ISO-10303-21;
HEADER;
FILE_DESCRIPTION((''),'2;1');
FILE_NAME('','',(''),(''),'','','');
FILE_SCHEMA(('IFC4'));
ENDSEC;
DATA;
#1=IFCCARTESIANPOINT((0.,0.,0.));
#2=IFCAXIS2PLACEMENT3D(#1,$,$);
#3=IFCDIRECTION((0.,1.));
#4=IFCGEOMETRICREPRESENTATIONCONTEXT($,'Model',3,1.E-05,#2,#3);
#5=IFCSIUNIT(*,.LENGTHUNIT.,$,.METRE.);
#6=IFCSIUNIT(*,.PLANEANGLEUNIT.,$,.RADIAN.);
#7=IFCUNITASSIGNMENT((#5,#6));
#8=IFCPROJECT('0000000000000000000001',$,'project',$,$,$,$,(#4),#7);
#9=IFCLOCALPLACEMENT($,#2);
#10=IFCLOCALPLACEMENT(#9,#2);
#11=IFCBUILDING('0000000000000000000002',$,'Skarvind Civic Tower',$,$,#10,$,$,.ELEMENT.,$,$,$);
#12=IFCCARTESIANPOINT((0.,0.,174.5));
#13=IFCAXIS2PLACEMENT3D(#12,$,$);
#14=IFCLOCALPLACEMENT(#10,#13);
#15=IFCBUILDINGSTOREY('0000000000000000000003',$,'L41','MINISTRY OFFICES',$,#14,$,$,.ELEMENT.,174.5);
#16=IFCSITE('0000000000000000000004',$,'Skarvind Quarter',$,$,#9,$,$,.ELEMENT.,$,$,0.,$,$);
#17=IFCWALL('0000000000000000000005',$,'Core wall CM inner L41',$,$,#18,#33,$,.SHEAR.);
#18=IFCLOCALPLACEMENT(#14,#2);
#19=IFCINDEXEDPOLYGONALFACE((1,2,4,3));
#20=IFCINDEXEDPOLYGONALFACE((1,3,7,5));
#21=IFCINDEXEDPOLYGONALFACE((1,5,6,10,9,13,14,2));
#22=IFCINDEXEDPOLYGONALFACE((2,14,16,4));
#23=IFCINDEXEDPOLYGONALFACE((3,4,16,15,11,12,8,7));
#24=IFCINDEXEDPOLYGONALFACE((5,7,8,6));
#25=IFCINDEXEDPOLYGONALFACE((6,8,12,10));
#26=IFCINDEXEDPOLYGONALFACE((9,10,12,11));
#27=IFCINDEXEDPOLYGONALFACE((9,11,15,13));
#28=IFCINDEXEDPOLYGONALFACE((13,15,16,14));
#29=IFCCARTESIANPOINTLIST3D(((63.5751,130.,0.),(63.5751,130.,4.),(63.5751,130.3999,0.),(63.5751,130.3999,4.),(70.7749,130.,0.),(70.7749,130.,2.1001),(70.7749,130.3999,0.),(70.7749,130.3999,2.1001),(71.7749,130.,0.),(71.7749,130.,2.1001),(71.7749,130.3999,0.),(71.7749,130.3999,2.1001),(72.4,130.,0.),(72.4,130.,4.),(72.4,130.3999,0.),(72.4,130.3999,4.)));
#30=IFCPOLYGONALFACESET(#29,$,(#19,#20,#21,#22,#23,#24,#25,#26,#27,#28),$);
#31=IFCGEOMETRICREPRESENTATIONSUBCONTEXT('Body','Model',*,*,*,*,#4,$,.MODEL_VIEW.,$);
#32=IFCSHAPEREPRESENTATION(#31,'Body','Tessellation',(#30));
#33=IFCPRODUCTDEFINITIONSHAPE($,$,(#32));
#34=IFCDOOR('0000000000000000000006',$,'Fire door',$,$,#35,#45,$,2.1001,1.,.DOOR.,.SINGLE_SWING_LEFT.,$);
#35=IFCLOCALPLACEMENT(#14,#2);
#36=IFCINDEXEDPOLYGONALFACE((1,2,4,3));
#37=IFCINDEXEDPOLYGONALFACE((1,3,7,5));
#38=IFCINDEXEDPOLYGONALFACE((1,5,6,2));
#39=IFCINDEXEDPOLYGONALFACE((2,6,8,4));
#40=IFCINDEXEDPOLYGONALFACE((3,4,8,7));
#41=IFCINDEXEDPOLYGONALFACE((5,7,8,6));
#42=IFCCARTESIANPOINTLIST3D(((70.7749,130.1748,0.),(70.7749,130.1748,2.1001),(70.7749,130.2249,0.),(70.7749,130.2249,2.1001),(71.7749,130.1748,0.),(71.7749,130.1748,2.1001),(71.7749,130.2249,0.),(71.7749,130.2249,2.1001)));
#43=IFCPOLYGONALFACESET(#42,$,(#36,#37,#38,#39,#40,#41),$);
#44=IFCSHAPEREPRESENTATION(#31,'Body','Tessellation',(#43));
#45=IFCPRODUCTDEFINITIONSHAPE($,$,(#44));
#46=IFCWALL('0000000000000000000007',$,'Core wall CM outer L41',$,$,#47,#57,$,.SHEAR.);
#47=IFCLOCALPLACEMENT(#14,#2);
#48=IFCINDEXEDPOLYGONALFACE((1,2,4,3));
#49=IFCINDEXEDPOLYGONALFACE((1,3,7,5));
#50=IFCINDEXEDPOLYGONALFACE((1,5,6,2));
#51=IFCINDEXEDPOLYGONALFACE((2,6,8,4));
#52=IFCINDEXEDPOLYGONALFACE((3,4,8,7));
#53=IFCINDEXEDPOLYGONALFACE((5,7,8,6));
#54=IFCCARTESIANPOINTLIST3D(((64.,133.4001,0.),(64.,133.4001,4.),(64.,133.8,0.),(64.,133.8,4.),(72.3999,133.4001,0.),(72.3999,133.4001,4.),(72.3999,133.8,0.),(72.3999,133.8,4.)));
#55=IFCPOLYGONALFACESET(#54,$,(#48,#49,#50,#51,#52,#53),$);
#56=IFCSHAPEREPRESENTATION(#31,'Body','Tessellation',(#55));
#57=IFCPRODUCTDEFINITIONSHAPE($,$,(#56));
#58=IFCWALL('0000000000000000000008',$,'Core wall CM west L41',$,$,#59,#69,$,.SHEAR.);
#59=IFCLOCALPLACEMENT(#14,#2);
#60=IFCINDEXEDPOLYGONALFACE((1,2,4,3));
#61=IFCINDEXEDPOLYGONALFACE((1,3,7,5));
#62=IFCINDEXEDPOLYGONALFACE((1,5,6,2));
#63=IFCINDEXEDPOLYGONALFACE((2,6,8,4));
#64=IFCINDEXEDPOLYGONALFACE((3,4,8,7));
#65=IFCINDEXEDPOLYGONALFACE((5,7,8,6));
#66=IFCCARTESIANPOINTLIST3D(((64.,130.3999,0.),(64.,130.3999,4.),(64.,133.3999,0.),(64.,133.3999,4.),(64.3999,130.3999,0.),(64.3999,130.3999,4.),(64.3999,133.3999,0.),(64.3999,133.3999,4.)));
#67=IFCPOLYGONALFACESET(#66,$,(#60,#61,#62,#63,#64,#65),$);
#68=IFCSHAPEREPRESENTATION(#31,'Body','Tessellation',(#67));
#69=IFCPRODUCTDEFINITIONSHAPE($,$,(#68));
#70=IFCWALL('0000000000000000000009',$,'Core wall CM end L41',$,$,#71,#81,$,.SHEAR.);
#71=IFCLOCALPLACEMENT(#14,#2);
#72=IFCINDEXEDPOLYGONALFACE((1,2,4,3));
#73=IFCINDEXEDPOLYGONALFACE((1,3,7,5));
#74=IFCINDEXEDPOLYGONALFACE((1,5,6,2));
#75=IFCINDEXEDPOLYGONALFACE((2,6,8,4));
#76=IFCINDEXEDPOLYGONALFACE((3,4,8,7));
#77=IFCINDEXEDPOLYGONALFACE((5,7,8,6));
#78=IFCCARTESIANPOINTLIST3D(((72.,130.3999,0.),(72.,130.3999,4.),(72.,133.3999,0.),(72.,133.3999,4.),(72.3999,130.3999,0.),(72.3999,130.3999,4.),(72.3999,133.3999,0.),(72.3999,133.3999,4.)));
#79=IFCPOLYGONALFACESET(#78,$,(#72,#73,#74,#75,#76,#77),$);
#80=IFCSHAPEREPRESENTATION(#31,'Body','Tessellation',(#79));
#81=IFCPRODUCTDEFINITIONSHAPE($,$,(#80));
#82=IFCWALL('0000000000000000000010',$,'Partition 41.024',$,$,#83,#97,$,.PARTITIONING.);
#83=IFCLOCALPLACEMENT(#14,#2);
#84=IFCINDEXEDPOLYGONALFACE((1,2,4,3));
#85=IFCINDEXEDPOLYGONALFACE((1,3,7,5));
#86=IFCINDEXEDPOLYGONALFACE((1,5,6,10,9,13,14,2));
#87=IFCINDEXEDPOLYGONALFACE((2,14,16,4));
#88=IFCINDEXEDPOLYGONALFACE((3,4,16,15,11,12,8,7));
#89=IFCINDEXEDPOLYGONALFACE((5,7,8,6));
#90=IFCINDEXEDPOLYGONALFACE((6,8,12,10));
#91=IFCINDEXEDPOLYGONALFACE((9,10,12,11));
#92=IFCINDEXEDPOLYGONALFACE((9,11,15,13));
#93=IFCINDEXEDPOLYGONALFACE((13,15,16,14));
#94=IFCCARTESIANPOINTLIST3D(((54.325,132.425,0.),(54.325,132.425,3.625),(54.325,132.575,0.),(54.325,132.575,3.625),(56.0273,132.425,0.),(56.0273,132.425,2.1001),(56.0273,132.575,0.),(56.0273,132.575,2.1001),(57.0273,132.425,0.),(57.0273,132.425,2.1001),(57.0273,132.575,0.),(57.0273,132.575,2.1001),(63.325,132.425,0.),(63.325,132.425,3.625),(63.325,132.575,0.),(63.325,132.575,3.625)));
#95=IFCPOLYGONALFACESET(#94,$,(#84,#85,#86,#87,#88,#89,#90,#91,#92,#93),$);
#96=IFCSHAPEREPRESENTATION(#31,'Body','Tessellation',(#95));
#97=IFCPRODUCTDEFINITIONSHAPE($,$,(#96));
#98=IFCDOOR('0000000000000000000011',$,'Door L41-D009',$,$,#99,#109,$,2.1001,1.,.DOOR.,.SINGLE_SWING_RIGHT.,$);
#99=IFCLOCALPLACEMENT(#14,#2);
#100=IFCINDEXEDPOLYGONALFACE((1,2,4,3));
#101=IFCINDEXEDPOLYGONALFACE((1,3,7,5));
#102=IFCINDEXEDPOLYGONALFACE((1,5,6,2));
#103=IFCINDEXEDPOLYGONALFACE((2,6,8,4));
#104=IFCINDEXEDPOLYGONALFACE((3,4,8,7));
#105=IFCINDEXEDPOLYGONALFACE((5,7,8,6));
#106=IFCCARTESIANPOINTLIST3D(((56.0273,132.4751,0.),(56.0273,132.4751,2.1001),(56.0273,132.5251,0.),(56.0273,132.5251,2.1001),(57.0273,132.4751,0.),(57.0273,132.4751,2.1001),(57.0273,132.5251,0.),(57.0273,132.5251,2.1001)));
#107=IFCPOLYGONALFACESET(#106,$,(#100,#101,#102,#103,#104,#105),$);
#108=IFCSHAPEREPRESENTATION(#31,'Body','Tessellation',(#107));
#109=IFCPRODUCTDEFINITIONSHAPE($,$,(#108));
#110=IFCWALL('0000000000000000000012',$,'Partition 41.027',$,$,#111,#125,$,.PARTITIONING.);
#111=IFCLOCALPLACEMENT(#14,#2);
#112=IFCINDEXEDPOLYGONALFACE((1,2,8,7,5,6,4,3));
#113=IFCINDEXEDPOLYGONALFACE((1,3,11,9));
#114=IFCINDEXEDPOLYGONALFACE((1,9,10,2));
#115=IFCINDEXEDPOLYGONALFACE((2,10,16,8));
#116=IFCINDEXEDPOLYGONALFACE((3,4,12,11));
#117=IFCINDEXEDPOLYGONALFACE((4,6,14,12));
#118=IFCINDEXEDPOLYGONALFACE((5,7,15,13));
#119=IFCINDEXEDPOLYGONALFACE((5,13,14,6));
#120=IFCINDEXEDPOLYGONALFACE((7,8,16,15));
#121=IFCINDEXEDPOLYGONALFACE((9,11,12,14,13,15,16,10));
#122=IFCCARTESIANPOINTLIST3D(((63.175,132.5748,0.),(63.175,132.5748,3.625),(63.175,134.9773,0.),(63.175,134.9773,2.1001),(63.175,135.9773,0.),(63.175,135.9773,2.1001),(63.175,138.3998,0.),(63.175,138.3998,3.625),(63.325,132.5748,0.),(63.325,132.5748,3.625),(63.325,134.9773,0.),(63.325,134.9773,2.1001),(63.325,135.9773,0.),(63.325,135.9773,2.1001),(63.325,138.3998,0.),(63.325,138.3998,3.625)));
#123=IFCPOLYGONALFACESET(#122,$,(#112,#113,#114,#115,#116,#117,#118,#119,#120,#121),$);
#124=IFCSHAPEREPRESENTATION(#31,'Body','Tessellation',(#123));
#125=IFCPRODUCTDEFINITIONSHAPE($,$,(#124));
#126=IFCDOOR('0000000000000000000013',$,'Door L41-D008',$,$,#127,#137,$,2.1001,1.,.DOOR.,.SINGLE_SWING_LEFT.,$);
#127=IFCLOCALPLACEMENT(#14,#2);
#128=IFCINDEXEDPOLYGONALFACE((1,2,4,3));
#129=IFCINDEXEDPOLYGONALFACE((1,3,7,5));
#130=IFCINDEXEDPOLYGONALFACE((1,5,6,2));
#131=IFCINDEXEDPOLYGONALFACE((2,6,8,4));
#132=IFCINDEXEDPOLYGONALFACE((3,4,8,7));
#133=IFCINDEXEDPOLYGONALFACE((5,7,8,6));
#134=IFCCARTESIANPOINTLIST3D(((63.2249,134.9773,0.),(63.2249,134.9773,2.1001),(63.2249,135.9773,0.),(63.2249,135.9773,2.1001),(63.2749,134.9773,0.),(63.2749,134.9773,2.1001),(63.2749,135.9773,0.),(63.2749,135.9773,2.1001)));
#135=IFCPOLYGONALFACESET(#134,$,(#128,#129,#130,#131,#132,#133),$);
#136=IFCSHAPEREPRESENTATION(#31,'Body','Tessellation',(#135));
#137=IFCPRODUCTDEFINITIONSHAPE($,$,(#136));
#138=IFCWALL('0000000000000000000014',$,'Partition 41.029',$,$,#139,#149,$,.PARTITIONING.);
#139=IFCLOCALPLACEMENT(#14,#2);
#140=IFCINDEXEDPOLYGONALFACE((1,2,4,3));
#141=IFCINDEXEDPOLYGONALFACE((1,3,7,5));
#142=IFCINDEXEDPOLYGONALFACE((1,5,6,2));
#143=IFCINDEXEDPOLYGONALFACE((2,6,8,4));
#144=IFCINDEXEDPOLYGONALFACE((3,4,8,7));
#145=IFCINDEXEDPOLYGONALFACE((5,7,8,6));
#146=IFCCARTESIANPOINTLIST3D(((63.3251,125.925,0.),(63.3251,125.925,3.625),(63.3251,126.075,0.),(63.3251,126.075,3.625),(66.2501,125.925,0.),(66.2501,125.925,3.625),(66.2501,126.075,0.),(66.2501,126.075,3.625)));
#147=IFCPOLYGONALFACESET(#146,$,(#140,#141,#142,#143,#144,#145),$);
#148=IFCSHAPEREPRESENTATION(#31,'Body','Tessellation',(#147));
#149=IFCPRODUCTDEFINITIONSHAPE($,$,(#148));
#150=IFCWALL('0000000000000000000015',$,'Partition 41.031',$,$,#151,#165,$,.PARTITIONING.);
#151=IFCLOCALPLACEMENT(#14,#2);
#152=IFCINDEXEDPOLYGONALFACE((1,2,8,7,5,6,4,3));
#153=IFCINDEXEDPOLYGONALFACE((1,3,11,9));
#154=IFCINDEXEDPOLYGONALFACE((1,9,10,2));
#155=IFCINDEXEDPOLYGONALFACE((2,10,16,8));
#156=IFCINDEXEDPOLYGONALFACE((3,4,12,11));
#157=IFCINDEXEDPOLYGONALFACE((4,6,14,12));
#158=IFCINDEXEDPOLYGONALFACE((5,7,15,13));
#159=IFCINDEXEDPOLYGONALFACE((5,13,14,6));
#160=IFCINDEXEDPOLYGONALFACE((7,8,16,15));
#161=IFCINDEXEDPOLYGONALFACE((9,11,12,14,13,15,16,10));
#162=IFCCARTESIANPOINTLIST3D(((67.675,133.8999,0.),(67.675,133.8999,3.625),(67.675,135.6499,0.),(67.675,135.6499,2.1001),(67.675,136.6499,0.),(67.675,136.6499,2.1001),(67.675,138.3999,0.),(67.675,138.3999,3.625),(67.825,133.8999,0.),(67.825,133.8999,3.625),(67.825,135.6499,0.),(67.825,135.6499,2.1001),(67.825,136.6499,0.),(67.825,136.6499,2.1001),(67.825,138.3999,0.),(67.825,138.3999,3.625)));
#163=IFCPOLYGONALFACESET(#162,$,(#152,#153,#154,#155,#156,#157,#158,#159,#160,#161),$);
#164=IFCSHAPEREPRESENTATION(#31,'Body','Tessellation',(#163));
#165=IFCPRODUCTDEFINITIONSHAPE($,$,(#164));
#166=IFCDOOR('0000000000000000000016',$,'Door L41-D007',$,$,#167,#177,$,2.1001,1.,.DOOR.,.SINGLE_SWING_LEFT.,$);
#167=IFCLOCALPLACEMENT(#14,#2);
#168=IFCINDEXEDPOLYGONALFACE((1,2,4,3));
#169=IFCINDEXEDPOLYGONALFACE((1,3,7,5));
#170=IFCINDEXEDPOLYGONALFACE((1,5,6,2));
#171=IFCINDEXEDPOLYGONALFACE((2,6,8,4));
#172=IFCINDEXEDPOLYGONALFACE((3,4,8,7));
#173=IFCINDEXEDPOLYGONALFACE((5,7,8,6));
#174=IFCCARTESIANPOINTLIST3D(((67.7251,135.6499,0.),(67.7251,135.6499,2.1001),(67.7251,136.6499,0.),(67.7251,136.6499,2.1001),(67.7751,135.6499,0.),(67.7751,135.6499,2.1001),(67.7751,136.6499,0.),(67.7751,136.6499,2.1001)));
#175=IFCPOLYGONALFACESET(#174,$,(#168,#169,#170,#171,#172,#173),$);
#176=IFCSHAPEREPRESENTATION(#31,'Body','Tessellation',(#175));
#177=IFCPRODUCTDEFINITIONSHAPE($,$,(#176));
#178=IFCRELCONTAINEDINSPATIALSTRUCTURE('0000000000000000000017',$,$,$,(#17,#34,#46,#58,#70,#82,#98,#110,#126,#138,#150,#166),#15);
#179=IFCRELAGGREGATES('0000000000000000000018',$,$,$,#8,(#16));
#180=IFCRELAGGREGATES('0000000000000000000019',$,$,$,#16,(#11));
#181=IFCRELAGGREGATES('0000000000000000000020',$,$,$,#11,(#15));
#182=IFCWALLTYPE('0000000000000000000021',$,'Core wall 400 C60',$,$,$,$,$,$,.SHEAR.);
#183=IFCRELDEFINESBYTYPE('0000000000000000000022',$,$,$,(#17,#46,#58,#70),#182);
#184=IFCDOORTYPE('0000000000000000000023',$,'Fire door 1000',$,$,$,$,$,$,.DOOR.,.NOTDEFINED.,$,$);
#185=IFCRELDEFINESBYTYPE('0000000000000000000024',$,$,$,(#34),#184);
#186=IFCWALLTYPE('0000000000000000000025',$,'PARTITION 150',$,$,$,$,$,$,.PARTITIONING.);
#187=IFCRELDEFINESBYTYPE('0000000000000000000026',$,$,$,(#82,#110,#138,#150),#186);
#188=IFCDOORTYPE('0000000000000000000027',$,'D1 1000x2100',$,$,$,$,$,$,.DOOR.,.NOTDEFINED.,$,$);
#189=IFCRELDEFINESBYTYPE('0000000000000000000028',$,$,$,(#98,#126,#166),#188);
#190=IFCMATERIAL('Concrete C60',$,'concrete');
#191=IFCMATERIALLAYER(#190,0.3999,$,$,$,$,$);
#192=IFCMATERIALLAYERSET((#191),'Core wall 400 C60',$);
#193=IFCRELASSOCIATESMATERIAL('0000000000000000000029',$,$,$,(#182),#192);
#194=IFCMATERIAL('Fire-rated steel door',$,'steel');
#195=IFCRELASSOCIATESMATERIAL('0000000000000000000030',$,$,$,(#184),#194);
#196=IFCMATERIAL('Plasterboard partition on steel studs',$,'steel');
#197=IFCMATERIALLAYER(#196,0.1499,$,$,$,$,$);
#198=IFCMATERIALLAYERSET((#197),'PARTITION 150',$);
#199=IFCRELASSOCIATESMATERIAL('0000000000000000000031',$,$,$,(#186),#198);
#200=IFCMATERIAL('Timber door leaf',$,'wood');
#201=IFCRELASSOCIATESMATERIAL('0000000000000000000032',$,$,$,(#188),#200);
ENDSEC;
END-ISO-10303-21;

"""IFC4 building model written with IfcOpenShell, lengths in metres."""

from ifc_helpers import new_model, si_unit, direction, frame, frame_2d, origin, place, context, subcontext, project, spatial, rectangle, extrude, material, layer, layer_set, type_object, element, fill, save


model = new_model("IFC4")

# Units and contexts
model_context = context("Model", 3, precision=1e-05, world=origin(), true_north=direction((0.0, 1.0)))
body_context = subcontext(model_context, "Body", "Model", "MODEL_VIEW")
ifc_project = project(units=[si_unit("LENGTHUNIT", "METRE"), si_unit("PLANEANGLEUNIT", "RADIAN")], contexts=[model_context])

# Site, building, storey
site_placement = place(None, origin())
site = spatial("IfcSite", under=ifc_project, at=site_placement, Name="Skarvind Quarter", CompositionType="ELEMENT", RefElevation=0.0)
building_placement = place(site_placement, origin())
building = spatial("IfcBuilding", under=site, at=building_placement, Name="Skarvind Civic Tower", CompositionType="ELEMENT")
storey_placement = place(building_placement, frame((0.0, 0.0, 174.5)))
storey = spatial("IfcBuildingStorey", under=building, at=storey_placement, Name="L41", Description="MINISTRY OFFICES", CompositionType="ELEMENT", Elevation=174.5)

# Shared definitions
ifc_material_1 = material(Name="Concrete C60", Category="concrete")

# Wall, opening, door
ifc_material_2 = material(Name="Timber door leaf", Category="wood")
ifc_layer_1 = layer(ifc_material_1, 0.3999)
ifc_layer_set_1 = layer_set([ifc_layer_1], Name="Core wall 400 C60")
wall_type_1 = type_object("IfcWallType", Name="Core wall 400 C60", PredefinedType="SHEAR", material=ifc_layer_set_1)
wall_1_placement = place(storey_placement, frame((63.575, 130.2, 0.0), z_axis=(0.0, 0.0, 1.0), x_axis=(1.0, 0.0, 0.0)))
wall_1 = element("IfcWall", 1, at=wall_1_placement, inside=storey, type_object=wall_type_1, Name="Core wall CM inner L41", PredefinedType="SHEAR", context=body_context, shape_type="SweptSolid", body=[
    extrude(rectangle(XDim=8.825, YDim=0.3999, at=frame_2d((4.4126, 0.0))), origin(), (0.0, 0.0, 1.0), 4.0),
])
opening_1_placement = place(wall_1_placement, frame((7.2, 0.0, 0.0)))
opening_1 = element("IfcOpeningElement", 2, at=opening_1_placement, cuts=wall_1, PredefinedType="OPENING", context=body_context, shape_type="SweptSolid", body=[
    extrude(rectangle(XDim=1.0, YDim=2.1001, at=frame_2d((0.5, 1.05))), frame((0.0, 0.21, 0.0), z_axis=(0.0, -1.0, 0.0), x_axis=(1.0, 0.0, 0.0)), (0.0, 0.0, 1.0), 0.4199),
])
ifc_material_3 = material(Name="Fire-rated steel door", Category="steel")
door_type_1 = type_object("IfcDoorType", Name="Fire door 1000", OperationType="NOTDEFINED", PredefinedType="DOOR", material=ifc_material_3)
door_1_placement = place(opening_1_placement, origin())
door_1 = element("IfcDoor", 3, at=door_1_placement, inside=storey, type_object=door_type_1, Name="Fire door", OperationType="SINGLE_SWING_LEFT", OverallHeight=2.1001, OverallWidth=1.0, PredefinedType="DOOR", context=body_context, shape_type="SweptSolid", body=[
    extrude(rectangle(XDim=1.0, YDim=2.1001, at=frame_2d((0.5, 1.05))), frame((0.0, 0.0249, 0.0), z_axis=(0.0, -1.0, 0.0), x_axis=(1.0, 0.0, 0.0)), (0.0, 0.0, 1.0), 0.05),
])
fill(opening_1, door_1)

# Walls
wall_2_placement = place(storey_placement, frame((64.0, 133.6001, 0.0), z_axis=(0.0, 0.0, 1.0), x_axis=(1.0, 0.0, 0.0)))
element("IfcWall", 4, at=wall_2_placement, inside=storey, type_object=wall_type_1, Name="Core wall CM outer L41", PredefinedType="SHEAR", context=body_context, shape_type="SweptSolid", body=[
    extrude(rectangle(XDim=8.3999, YDim=0.3999, at=frame_2d((4.2, 0.0))), origin(), (0.0, 0.0, 1.0), 4.0),
])
for number, where, z_axis, x_axis, name in (
    (5, (64.2, 130.3999, 0.0), (0.0, 0.0, 1.0), (0.0, 1.0, 0.0), "Core wall CM west L41"),
    (6, (72.2, 130.3999, 0.0), (0.0, 0.0, 1.0), (0.0, 1.0, 0.0), "Core wall CM end L41"),
):
    element("IfcWall", number, at=place(storey_placement, frame(where, z_axis=z_axis, x_axis=x_axis)), inside=storey, type_object=wall_type_1, Name=name, PredefinedType="SHEAR", context=body_context, shape_type="SweptSolid", body=[
        extrude(rectangle(XDim=3.0, YDim=0.3999, at=frame_2d((1.5, 0.0))), origin(), (0.0, 0.0, 1.0), 4.0),
    ])

# Walls, openings, doors
ifc_material_4 = material(Name="Plasterboard partition on steel studs", Category="steel")
ifc_layer_2 = layer(ifc_material_4, 0.1499)
ifc_layer_set_2 = layer_set([ifc_layer_2], Name="PARTITION 150")
wall_type_2 = type_object("IfcWallType", Name="PARTITION 150", PredefinedType="PARTITIONING", material=ifc_layer_set_2)
wall_3_placement = place(storey_placement, frame((63.325, 132.5, 0.0), z_axis=(0.0, 0.0, 1.0), x_axis=(-1.0, 0.0, 0.0)))
wall_3 = element("IfcWall", 7, at=wall_3_placement, inside=storey, type_object=wall_type_2, Name="Partition 41.024", PredefinedType="PARTITIONING", context=body_context, shape_type="SweptSolid", body=[
    extrude(rectangle(XDim=9.0, YDim=0.1499, at=frame_2d((4.5, 0.0))), origin(), (0.0, 0.0, 1.0), 3.625),
])
opening_2_placement = place(wall_3_placement, frame((6.2976, 0.0, 0.0)))
opening_2 = element("IfcOpeningElement", 8, at=opening_2_placement, cuts=wall_3, PredefinedType="OPENING", context=body_context, shape_type="SweptSolid", body=[
    extrude(rectangle(XDim=1.0, YDim=2.1001, at=frame_2d((0.5, 1.05))), frame((0.0, 0.085, 0.0), z_axis=(0.0, -1.0, 0.0), x_axis=(1.0, 0.0, 0.0)), (0.0, 0.0, 1.0), 0.1699),
])
door_type_2 = type_object("IfcDoorType", Name="D1 1000x2100", OperationType="NOTDEFINED", PredefinedType="DOOR", material=ifc_material_2)
door_2_placement = place(opening_2_placement, origin())
door_2 = element("IfcDoor", 9, at=door_2_placement, inside=storey, type_object=door_type_2, Name="Door L41-D009", OperationType="SINGLE_SWING_RIGHT", OverallHeight=2.1001, OverallWidth=1.0, PredefinedType="DOOR", context=body_context, shape_type="SweptSolid", body=[
    extrude(rectangle(XDim=1.0, YDim=2.1001, at=frame_2d((0.5, 1.05))), frame((0.0, 0.0249, 0.0), z_axis=(0.0, -1.0, 0.0), x_axis=(1.0, 0.0, 0.0)), (0.0, 0.0, 1.0), 0.05),
])
fill(opening_2, door_2)
wall_4_placement = place(storey_placement, frame((63.25, 138.3999, 0.0), z_axis=(0.0, 0.0, 1.0), x_axis=(0.0, -1.0, 0.0)))
wall_4 = element("IfcWall", 10, at=wall_4_placement, inside=storey, type_object=wall_type_2, Name="Partition 41.027", PredefinedType="PARTITIONING", context=body_context, shape_type="SweptSolid", body=[
    extrude(rectangle(XDim=5.825, YDim=0.1499, at=frame_2d((2.9126, 0.0))), origin(), (0.0, 0.0, 1.0), 3.625),
])
opening_3_placement = place(wall_4_placement, frame((2.4226, 0.0, 0.0)))
opening_3 = element("IfcOpeningElement", 11, at=opening_3_placement, cuts=wall_4, PredefinedType="OPENING", context=body_context, shape_type="SweptSolid", body=[
    extrude(rectangle(XDim=1.0, YDim=2.1001, at=frame_2d((0.5, 1.05))), frame((0.0, 0.085, 0.0), z_axis=(0.0, -1.0, 0.0), x_axis=(1.0, 0.0, 0.0)), (0.0, 0.0, 1.0), 0.1699),
])
door_3_placement = place(opening_3_placement, origin())
door_3 = element("IfcDoor", 12, at=door_3_placement, inside=storey, type_object=door_type_2, Name="Door L41-D008", OperationType="SINGLE_SWING_LEFT", OverallHeight=2.1001, OverallWidth=1.0, PredefinedType="DOOR", context=body_context, shape_type="SweptSolid", body=[
    extrude(rectangle(XDim=1.0, YDim=2.1001, at=frame_2d((0.5, 1.05))), frame((0.0, 0.0249, 0.0), z_axis=(0.0, -1.0, 0.0), x_axis=(1.0, 0.0, 0.0)), (0.0, 0.0, 1.0), 0.05),
])
fill(opening_3, door_3)

# Wall
wall_5_placement = place(storey_placement, frame((66.25, 126.0, 0.0), z_axis=(0.0, 0.0, 1.0), x_axis=(-1.0, 0.0, 0.0)))
element("IfcWall", 13, at=wall_5_placement, inside=storey, type_object=wall_type_2, Name="Partition 41.029", PredefinedType="PARTITIONING", context=body_context, shape_type="SweptSolid", body=[
    extrude(rectangle(XDim=2.925, YDim=0.1499, at=frame_2d((1.4624, 0.0))), origin(), (0.0, 0.0, 1.0), 3.625),
])

# Wall, opening, door
wall_6_placement = place(storey_placement, frame((67.75, 133.8999, 0.0), z_axis=(0.0, 0.0, 1.0), x_axis=(0.0, 1.0, 0.0)))
wall_6 = element("IfcWall", 14, at=wall_6_placement, inside=storey, type_object=wall_type_2, Name="Partition 41.031", PredefinedType="PARTITIONING", context=body_context, shape_type="SweptSolid", body=[
    extrude(rectangle(XDim=4.5, YDim=0.1499, at=frame_2d((2.25, 0.0))), origin(), (0.0, 0.0, 1.0), 3.625),
])
opening_4_placement = place(wall_6_placement, frame((1.75, 0.0, 0.0)))
opening_4 = element("IfcOpeningElement", 15, at=opening_4_placement, cuts=wall_6, PredefinedType="OPENING", context=body_context, shape_type="SweptSolid", body=[
    extrude(rectangle(XDim=1.0, YDim=2.1001, at=frame_2d((0.5, 1.05))), frame((0.0, 0.085, 0.0), z_axis=(0.0, -1.0, 0.0), x_axis=(1.0, 0.0, 0.0)), (0.0, 0.0, 1.0), 0.1699),
])
door_4_placement = place(opening_4_placement, origin())
door_4 = element("IfcDoor", 16, at=door_4_placement, inside=storey, type_object=door_type_2, Name="Door L41-D007", OperationType="SINGLE_SWING_LEFT", OverallHeight=2.1001, OverallWidth=1.0, PredefinedType="DOOR", context=body_context, shape_type="SweptSolid", body=[
    extrude(rectangle(XDim=1.0, YDim=2.1001, at=frame_2d((0.5, 1.05))), frame((0.0, 0.0249, 0.0), z_axis=(0.0, -1.0, 0.0), x_axis=(1.0, 0.0, 0.0)), (0.0, 0.0, 1.0), 0.05),
])
fill(opening_4, door_4)

save(model, "model.ifc")
